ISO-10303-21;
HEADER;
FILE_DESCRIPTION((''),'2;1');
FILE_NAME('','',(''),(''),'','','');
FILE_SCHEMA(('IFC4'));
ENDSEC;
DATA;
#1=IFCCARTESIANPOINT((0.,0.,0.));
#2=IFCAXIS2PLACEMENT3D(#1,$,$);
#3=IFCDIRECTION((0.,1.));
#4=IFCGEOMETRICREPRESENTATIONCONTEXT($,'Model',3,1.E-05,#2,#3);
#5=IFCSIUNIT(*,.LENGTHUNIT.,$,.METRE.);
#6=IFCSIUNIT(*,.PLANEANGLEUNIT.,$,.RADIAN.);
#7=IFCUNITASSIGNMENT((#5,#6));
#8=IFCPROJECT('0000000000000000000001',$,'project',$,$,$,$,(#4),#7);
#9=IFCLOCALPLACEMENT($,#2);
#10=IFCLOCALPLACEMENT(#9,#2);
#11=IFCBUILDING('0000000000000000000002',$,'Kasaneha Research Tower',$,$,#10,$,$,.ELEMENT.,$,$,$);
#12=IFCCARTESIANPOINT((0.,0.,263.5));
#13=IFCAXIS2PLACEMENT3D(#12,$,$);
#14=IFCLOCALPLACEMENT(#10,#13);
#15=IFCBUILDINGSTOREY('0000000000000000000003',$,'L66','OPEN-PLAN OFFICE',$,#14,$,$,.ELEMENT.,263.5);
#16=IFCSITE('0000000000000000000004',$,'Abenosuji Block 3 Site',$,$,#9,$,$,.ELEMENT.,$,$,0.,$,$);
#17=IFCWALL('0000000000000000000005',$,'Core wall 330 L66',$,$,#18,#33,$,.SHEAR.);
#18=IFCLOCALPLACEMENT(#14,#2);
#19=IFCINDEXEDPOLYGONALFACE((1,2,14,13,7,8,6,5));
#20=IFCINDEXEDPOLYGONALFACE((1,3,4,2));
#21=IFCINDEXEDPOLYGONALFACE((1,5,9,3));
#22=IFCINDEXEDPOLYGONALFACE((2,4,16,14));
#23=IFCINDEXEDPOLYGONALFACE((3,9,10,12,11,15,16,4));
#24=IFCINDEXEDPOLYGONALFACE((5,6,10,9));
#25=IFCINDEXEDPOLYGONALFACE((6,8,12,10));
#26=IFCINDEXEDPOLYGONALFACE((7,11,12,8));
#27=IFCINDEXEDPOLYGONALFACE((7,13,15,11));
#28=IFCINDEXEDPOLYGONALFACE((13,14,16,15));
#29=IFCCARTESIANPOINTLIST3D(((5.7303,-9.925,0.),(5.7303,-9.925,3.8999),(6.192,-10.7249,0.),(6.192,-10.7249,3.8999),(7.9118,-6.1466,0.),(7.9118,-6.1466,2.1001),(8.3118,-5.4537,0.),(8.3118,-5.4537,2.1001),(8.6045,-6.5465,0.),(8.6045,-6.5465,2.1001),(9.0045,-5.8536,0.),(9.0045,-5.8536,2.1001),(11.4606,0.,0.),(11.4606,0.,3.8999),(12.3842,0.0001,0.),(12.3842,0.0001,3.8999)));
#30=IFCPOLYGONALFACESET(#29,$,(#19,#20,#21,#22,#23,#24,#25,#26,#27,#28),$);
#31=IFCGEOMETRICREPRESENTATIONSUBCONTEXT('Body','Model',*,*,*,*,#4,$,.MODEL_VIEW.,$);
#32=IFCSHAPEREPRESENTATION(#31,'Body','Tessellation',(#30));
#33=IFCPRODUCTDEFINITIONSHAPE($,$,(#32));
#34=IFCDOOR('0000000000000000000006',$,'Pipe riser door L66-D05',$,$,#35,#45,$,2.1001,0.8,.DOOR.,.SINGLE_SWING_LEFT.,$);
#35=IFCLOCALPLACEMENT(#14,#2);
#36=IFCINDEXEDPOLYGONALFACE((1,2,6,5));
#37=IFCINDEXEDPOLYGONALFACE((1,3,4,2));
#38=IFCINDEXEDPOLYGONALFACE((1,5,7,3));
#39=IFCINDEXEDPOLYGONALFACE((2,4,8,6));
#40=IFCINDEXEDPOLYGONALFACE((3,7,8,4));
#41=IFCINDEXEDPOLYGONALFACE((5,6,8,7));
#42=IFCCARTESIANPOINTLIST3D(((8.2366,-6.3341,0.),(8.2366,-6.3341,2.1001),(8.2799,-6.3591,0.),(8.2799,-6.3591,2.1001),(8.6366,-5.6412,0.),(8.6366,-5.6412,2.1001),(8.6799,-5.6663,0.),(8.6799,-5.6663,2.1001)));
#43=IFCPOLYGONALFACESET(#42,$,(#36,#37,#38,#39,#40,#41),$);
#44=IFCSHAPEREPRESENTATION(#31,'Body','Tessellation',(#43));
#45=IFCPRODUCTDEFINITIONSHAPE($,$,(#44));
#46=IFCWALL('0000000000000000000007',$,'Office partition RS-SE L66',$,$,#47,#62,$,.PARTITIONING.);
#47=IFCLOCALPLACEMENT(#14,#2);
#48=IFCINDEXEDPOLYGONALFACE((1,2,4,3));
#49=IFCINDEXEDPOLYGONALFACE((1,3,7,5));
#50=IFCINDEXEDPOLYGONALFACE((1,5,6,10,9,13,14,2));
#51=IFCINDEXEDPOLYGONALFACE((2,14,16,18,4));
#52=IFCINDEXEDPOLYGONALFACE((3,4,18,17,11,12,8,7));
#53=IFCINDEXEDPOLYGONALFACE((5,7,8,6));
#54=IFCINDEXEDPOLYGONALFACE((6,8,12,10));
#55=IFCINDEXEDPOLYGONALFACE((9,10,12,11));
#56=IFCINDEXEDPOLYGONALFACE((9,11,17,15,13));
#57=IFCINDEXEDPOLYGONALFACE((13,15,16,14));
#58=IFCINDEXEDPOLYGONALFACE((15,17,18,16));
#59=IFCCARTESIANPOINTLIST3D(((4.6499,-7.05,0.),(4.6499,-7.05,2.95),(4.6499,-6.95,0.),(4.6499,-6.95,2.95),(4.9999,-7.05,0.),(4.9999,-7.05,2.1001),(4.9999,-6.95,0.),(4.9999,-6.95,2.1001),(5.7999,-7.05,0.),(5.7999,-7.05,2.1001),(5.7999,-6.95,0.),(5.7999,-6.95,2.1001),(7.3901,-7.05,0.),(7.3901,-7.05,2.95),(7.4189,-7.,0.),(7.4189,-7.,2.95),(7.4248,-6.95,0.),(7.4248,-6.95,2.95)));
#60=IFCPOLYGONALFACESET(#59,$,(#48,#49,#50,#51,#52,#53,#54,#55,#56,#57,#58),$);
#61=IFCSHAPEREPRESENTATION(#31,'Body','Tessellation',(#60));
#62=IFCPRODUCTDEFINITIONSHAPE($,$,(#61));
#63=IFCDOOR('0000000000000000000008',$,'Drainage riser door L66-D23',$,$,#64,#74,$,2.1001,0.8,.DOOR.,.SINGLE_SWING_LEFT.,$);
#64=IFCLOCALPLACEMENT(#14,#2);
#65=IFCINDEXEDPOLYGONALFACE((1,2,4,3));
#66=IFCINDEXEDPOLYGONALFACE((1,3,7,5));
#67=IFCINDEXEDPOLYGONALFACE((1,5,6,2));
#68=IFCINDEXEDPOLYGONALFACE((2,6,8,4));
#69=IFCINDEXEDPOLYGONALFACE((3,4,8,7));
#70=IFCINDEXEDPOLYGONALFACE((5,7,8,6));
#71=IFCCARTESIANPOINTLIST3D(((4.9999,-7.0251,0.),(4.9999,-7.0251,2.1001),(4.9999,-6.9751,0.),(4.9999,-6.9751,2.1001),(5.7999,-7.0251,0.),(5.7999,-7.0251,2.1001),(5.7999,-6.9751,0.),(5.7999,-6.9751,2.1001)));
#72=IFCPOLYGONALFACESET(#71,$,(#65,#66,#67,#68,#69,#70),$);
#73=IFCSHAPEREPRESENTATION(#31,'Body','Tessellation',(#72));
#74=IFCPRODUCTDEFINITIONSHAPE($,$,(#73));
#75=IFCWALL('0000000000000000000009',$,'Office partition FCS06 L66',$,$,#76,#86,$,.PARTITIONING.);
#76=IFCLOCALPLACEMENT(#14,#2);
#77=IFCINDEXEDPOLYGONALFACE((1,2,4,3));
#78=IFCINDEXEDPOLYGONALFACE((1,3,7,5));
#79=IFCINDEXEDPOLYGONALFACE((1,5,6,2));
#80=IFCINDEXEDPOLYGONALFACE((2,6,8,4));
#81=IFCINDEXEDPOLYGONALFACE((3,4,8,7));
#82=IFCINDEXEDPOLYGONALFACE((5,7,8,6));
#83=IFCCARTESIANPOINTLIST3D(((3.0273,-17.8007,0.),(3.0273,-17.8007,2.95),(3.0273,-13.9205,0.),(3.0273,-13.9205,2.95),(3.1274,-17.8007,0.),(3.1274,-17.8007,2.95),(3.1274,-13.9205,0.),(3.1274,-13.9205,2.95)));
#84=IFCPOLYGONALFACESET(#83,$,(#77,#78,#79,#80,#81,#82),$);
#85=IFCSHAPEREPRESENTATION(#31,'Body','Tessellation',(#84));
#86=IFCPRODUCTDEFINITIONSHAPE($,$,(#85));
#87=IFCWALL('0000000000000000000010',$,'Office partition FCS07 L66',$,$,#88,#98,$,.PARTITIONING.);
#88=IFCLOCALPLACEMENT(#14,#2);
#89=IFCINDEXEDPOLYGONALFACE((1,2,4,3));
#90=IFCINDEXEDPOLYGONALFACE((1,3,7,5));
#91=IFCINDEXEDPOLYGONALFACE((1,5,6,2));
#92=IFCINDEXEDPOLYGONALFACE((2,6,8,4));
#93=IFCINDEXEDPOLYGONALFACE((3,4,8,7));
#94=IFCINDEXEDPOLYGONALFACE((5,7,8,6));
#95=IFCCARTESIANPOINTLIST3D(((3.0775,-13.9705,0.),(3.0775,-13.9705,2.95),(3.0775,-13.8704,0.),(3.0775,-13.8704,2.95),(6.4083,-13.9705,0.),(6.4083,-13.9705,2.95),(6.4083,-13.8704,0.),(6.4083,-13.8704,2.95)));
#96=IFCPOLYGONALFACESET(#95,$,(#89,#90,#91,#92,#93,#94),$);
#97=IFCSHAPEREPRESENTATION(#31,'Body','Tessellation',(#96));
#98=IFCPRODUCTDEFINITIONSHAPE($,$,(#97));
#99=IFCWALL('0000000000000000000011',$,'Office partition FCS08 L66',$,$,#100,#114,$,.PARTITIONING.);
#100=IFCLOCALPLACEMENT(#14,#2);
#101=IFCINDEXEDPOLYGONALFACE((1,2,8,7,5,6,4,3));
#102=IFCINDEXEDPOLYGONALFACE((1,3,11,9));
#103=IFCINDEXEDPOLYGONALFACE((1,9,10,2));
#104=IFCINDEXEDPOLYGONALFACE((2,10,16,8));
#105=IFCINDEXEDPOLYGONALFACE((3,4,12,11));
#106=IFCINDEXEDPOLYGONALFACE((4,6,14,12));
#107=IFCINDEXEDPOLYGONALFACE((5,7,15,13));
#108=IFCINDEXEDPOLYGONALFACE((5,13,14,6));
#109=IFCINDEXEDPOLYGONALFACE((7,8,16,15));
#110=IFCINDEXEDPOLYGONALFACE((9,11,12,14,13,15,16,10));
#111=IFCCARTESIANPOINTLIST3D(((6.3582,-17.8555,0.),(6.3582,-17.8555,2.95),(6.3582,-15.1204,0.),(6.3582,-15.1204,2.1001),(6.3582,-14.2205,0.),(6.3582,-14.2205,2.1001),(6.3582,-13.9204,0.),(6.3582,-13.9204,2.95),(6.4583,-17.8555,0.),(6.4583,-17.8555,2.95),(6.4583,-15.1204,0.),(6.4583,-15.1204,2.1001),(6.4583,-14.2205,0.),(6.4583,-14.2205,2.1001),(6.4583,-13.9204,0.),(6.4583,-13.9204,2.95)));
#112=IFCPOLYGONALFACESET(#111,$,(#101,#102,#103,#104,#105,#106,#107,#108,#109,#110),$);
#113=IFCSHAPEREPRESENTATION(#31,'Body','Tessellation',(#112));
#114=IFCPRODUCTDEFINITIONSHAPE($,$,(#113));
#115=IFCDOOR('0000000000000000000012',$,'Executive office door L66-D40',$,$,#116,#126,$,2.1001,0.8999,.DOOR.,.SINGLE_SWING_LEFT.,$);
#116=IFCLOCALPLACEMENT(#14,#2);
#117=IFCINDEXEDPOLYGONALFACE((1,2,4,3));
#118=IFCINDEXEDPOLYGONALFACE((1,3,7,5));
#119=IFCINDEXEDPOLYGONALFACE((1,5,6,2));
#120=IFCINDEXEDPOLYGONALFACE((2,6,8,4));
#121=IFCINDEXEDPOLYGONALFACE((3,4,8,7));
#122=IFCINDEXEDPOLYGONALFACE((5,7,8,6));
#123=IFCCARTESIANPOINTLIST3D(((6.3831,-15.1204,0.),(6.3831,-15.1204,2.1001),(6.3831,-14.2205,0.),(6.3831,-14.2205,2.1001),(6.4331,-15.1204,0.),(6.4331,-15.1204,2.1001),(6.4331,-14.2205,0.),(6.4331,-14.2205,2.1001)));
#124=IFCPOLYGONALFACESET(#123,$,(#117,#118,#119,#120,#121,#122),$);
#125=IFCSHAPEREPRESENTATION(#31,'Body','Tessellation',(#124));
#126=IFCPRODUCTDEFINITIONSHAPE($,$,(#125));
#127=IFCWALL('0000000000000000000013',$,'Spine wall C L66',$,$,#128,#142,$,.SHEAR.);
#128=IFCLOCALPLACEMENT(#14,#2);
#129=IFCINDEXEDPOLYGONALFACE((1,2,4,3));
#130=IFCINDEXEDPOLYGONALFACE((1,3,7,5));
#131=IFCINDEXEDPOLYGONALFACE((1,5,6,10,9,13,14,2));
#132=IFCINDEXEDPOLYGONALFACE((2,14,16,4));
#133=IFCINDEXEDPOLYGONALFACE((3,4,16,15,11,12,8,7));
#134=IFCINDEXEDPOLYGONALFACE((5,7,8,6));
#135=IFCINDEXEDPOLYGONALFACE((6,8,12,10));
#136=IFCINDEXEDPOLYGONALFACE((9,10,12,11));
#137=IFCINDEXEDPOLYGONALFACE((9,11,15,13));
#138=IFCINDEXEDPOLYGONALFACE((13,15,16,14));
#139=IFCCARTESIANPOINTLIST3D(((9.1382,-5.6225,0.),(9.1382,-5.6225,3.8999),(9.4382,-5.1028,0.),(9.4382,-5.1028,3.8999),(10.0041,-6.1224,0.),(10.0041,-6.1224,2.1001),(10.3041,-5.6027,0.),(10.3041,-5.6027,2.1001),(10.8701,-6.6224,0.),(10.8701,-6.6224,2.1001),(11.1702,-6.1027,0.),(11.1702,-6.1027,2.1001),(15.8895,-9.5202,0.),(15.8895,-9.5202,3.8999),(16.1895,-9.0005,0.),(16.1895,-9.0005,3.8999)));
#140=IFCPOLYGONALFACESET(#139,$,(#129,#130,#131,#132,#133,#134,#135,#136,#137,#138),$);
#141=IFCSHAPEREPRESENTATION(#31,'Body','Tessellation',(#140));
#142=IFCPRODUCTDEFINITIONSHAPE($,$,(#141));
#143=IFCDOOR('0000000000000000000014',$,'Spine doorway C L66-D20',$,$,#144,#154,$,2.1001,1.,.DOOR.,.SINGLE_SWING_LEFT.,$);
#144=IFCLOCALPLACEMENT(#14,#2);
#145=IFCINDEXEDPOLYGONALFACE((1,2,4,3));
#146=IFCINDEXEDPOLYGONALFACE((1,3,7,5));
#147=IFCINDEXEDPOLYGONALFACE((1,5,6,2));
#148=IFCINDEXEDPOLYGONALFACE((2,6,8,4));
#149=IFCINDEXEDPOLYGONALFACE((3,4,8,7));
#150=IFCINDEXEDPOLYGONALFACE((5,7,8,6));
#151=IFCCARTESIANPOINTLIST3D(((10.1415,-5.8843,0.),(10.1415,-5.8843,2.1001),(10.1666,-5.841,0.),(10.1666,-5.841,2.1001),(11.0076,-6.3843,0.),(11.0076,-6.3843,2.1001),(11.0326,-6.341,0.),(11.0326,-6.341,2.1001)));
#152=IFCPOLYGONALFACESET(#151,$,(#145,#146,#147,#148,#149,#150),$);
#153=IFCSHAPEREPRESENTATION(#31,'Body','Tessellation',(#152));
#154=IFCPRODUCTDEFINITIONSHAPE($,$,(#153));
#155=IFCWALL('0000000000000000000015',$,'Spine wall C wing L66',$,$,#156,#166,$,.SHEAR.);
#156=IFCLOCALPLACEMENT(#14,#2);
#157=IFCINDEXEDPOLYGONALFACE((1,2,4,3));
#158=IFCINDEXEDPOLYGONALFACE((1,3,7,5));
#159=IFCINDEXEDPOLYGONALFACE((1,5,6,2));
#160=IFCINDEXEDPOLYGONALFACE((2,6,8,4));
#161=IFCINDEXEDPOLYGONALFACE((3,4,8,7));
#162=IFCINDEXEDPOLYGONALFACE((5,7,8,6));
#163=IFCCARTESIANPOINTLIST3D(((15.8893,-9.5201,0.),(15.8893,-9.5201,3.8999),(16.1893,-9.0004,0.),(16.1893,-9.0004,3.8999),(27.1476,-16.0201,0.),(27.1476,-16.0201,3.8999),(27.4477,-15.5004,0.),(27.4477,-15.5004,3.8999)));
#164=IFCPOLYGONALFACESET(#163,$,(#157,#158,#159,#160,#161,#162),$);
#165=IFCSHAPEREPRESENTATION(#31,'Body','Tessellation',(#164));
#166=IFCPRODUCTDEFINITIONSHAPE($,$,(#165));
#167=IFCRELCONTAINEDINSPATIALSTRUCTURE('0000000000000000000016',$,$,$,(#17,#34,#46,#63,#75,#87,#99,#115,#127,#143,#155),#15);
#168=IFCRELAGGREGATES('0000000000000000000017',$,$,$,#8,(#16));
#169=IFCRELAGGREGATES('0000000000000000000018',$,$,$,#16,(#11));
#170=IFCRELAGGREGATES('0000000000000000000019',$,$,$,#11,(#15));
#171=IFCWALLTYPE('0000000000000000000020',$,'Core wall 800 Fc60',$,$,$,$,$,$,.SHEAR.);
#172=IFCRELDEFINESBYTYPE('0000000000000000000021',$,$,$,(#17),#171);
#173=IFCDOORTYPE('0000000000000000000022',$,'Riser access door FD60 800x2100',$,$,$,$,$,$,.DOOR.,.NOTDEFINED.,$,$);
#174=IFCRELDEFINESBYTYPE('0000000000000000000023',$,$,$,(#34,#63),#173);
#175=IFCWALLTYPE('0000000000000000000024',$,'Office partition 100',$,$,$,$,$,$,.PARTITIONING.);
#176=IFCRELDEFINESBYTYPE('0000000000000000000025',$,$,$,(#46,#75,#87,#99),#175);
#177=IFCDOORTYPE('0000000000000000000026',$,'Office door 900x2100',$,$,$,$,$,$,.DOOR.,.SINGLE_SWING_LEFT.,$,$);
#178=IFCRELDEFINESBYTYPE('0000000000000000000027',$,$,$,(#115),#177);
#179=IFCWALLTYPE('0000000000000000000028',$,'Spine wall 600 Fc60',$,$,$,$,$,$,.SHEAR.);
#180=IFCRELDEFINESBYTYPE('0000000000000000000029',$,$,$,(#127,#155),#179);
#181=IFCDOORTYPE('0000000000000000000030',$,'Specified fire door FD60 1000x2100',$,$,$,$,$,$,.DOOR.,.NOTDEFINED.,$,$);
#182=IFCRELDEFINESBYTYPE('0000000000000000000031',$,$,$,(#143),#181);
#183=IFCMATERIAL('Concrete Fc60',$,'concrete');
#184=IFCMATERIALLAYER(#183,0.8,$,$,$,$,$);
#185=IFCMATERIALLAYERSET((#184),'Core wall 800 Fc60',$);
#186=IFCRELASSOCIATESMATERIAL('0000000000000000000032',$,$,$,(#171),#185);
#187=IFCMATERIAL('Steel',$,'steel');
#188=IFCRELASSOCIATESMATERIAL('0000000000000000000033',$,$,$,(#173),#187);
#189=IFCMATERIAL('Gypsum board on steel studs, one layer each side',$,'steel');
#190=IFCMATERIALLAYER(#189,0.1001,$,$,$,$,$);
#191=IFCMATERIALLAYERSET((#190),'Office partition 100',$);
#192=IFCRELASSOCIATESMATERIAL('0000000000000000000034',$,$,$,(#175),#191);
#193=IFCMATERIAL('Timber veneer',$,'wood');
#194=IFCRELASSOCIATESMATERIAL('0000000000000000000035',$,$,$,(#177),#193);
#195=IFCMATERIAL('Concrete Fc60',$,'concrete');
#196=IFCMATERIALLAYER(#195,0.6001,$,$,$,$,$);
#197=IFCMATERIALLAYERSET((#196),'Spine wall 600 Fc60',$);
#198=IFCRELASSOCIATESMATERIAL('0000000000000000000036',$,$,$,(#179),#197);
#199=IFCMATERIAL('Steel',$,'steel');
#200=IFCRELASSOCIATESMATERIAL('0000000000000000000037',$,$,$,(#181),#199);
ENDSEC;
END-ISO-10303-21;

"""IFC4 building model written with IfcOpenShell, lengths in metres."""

from ifc_helpers import new_model, si_unit, direction, frame, frame_2d, origin, place, context, subcontext, project, spatial, polyline, rectangle, outline, extrude, material, layer, layer_set, type_object, element, fill, save


model = new_model("IFC4")

# Units and contexts
model_context = context("Model", 3, precision=1e-05, world=origin(), true_north=direction((0.0, 1.0)))
body_context = subcontext(model_context, "Body", "Model", "MODEL_VIEW")
ifc_project = project(units=[si_unit("LENGTHUNIT", "METRE"), si_unit("PLANEANGLEUNIT", "RADIAN")], contexts=[model_context])

# Site, building, storey
site_placement = place(None, origin())
site = spatial("IfcSite", under=ifc_project, at=site_placement, Name="Abenosuji Block 3 Site", CompositionType="ELEMENT", RefElevation=0.0)
building_placement = place(site_placement, origin())
building = spatial("IfcBuilding", under=site, at=building_placement, Name="Kasaneha Research Tower", CompositionType="ELEMENT")
storey_placement = place(building_placement, frame((0.0, 0.0, 263.5)))
storey = spatial("IfcBuildingStorey", under=building, at=storey_placement, Name="L66", Description="OPEN-PLAN OFFICE", CompositionType="ELEMENT", Elevation=263.5)

# Walls, openings, doors
ifc_material_1 = material(Name="Concrete Fc60", Category="concrete")
ifc_layer_1 = layer(ifc_material_1, 0.8)
ifc_layer_set_1 = layer_set([ifc_layer_1], Name="Core wall 800 Fc60")
wall_type_1 = type_object("IfcWallType", Name="Core wall 800 Fc60", PredefinedType="SHEAR", material=ifc_layer_set_1)
wall_1_placement = place(storey_placement, frame((5.9612, -10.325, 0.0), z_axis=(0.0, 0.0, 1.0), x_axis=(0.500004, 0.866023, 0.0)))
wall_1 = element("IfcWall", 1, at=wall_1_placement, inside=storey, type_object=wall_type_1, Name="Core wall 330 L66", PredefinedType="SHEAR", context=body_context, shape_type="SweptSolid", body=[
    extrude(outline(polyline([(-0.231, -0.3999), (4.594, -0.3999), (5.394, -0.3999), (12.1533, -0.3999), (11.6914, 0.3999), (5.394, 0.3999), (4.594, 0.3999), (0.231, 0.3999), (-0.231, -0.3999)])), origin(), (0.0, 0.0, 1.0), 3.8999),
])
opening_1_placement = place(wall_1_placement, frame((4.594, 0.0, 0.0)))
opening_1 = element("IfcOpeningElement", 2, at=opening_1_placement, cuts=wall_1, PredefinedType="OPENING", context=body_context, shape_type="SweptSolid", body=[
    extrude(rectangle(XDim=0.8, YDim=2.1001, at=frame_2d((0.3999, 1.05))), frame((0.0, 0.4102, 0.0), z_axis=(0.0, -1.0, 0.0), x_axis=(1.0, 0.0, 0.0)), (0.0, 0.0, 1.0), 0.8201),
])
ifc_material_2 = material(Name="Steel", Category="steel")
door_type_1 = type_object("IfcDoorType", Name="Riser access door FD60 800x2100", OperationType="NOTDEFINED", PredefinedType="DOOR", material=ifc_material_2)
door_1_placement = place(opening_1_placement, origin())
door_1 = element("IfcDoor", 3, at=door_1_placement, inside=storey, type_object=door_type_1, Name="Pipe riser door L66-D05", OperationType="SINGLE_SWING_LEFT", OverallHeight=2.1001, OverallWidth=0.8, PredefinedType="DOOR", context=body_context, shape_type="SweptSolid", body=[
    extrude(rectangle(XDim=0.8, YDim=2.1001, at=frame_2d((0.3999, 1.05))), frame((0.0, 0.0249, 0.0), z_axis=(0.0, -1.0, 0.0), x_axis=(1.0, 0.0, 0.0)), (0.0, 0.0, 1.0), 0.05),
])
fill(opening_1, door_1)
ifc_material_3 = material(Name="Gypsum board on steel studs, one layer each side", Category="steel")
ifc_layer_2 = layer(ifc_material_3, 0.1001)
ifc_layer_set_2 = layer_set([ifc_layer_2], Name="Office partition 100")
wall_type_2 = type_object("IfcWallType", Name="Office partition 100", PredefinedType="PARTITIONING", material=ifc_layer_set_2)
wall_2_placement = place(storey_placement, frame((4.6499, -7.0, 0.0), z_axis=(0.0, 0.0, 1.0), x_axis=(1.0, 0.0, 0.0)))
wall_2 = element("IfcWall", 4, at=wall_2_placement, inside=storey, type_object=wall_type_2, Name="Office partition RS-SE L66", PredefinedType="PARTITIONING", context=body_context, shape_type="SweptSolid", body=[
    extrude(outline(polyline([(0.0, -0.05), (0.3501, -0.05), (1.1501, -0.05), (2.7402, -0.05), (2.769, 0.0), (2.7749, 0.05), (1.1501, 0.05), (0.3501, 0.05), (0.0, 0.05), (0.0, -0.05)])), origin(), (0.0, 0.0, 1.0), 2.95),
])
opening_2_placement = place(wall_2_placement, frame((0.3501, 0.0, 0.0)))
opening_2 = element("IfcOpeningElement", 5, at=opening_2_placement, cuts=wall_2, PredefinedType="OPENING", context=body_context, shape_type="SweptSolid", body=[
    extrude(rectangle(XDim=0.8, YDim=2.1001, at=frame_2d((0.3999, 1.05))), frame((0.0, 0.0601, 0.0), z_axis=(0.0, -1.0, 0.0), x_axis=(1.0, 0.0, 0.0)), (0.0, 0.0, 1.0), 0.1201),
])
door_2_placement = place(opening_2_placement, origin())
door_2 = element("IfcDoor", 6, at=door_2_placement, inside=storey, type_object=door_type_1, Name="Drainage riser door L66-D23", OperationType="SINGLE_SWING_LEFT", OverallHeight=2.1001, OverallWidth=0.8, PredefinedType="DOOR", context=body_context, shape_type="SweptSolid", body=[
    extrude(rectangle(XDim=0.8, YDim=2.1001, at=frame_2d((0.3999, 1.05))), frame((0.0, 0.0249, 0.0), z_axis=(0.0, -1.0, 0.0), x_axis=(1.0, 0.0, 0.0)), (0.0, 0.0, 1.0), 0.05),
])
fill(opening_2, door_2)

# Walls
wall_3_placement = place(storey_placement, frame((3.0774, -17.8005, 0.0), z_axis=(0.0, 0.0, 1.0), x_axis=(0.0, 1.0, 0.0)))
element("IfcWall", 7, at=wall_3_placement, inside=storey, type_object=wall_type_2, Name="Office partition FCS06 L66", PredefinedType="PARTITIONING", context=body_context, shape_type="SweptSolid", body=[
    extrude(rectangle(XDim=3.8801, YDim=0.1001, at=frame_2d((1.9399, 0.0))), origin(), (0.0, 0.0, 1.0), 2.95),
])
wall_4_placement = place(storey_placement, frame((3.0774, -13.9204, 0.0), z_axis=(0.0, 0.0, 1.0), x_axis=(1.0, 0.0, 0.0)))
element("IfcWall", 8, at=wall_4_placement, inside=storey, type_object=wall_type_2, Name="Office partition FCS07 L66", PredefinedType="PARTITIONING", context=body_context, shape_type="SweptSolid", body=[
    extrude(rectangle(XDim=3.3308, YDim=0.1001, at=frame_2d((1.6655, 0.0))), origin(), (0.0, 0.0, 1.0), 2.95),
])

# Walls, openings, doors
wall_5_placement = place(storey_placement, frame((6.4082, -13.9204, 0.0), z_axis=(0.0, 0.0, 1.0), x_axis=(0.0, -1.0, 0.0)))
wall_5 = element("IfcWall", 9, at=wall_5_placement, inside=storey, type_object=wall_type_2, Name="Office partition FCS08 L66", PredefinedType="PARTITIONING", context=body_context, shape_type="SweptSolid", body=[
    extrude(rectangle(XDim=3.9351, YDim=0.1001, at=frame_2d((1.9675, 0.0))), origin(), (0.0, 0.0, 1.0), 2.95),
])
opening_3_placement = place(wall_5_placement, frame((0.3, 0.0, 0.0)))
opening_3 = element("IfcOpeningElement", 10, at=opening_3_placement, cuts=wall_5, PredefinedType="OPENING", context=body_context, shape_type="SweptSolid", body=[
    extrude(rectangle(XDim=0.8999, YDim=2.1001, at=frame_2d((0.45, 1.05))), frame((0.0, 0.0601, 0.0), z_axis=(0.0, -1.0, 0.0), x_axis=(1.0, 0.0, 0.0)), (0.0, 0.0, 1.0), 0.1201),
])
ifc_material_4 = material(Name="Timber veneer", Category="wood")
door_type_2 = type_object("IfcDoorType", Name="Office door 900x2100", OperationType="SINGLE_SWING_LEFT", PredefinedType="DOOR", material=ifc_material_4)
door_3_placement = place(opening_3_placement, origin())
door_3 = element("IfcDoor", 11, at=door_3_placement, inside=storey, type_object=door_type_2, Name="Executive office door L66-D40", OperationType="SINGLE_SWING_LEFT", OverallHeight=2.1001, OverallWidth=0.8999, PredefinedType="DOOR", context=body_context, shape_type="SweptSolid", body=[
    extrude(rectangle(XDim=0.8999, YDim=2.1001, at=frame_2d((0.45, 1.05))), frame((0.0, 0.0249, 0.0), z_axis=(0.0, -1.0, 0.0), x_axis=(1.0, 0.0, 0.0)), (0.0, 0.0, 1.0), 0.05),
])
fill(opening_3, door_3)
ifc_material_5 = material(Name="Concrete Fc60", Category="concrete")
ifc_layer_3 = layer(ifc_material_5, 0.6001)
ifc_layer_set_3 = layer_set([ifc_layer_3], Name="Spine wall 600 Fc60")
wall_type_3 = type_object("IfcWallType", Name="Spine wall 600 Fc60", PredefinedType="SHEAR", material=ifc_layer_set_3)
wall_6_placement = place(storey_placement, frame((9.2881, -5.3625, 0.0), z_axis=(0.0, 0.0, 1.0), x_axis=(0.866032, -0.499989, 0.0)))
wall_6 = element("IfcWall", 12, at=wall_6_placement, inside=storey, type_object=wall_type_3, Name="Spine wall C L66", PredefinedType="SHEAR", context=body_context, shape_type="SweptSolid", body=[
    extrude(rectangle(XDim=7.7957, YDim=0.6001, at=frame_2d((3.8979, 0.0))), origin(), (0.0, 0.0, 1.0), 3.8999),
])
opening_4_placement = place(wall_6_placement, frame((1.0, 0.0, 0.0)))
opening_4 = element("IfcOpeningElement", 13, at=opening_4_placement, cuts=wall_6, PredefinedType="OPENING", context=body_context, shape_type="SweptSolid", body=[
    extrude(rectangle(XDim=1.0, YDim=2.1001, at=frame_2d((0.5, 1.05))), frame((0.0, 0.3101, 0.0), z_axis=(0.0, -1.0, 0.0), x_axis=(1.0, 0.0, 0.0)), (0.0, 0.0, 1.0), 0.6201),
])
ifc_material_6 = material(Name="Steel", Category="steel")
door_type_3 = type_object("IfcDoorType", Name="Specified fire door FD60 1000x2100", OperationType="NOTDEFINED", PredefinedType="DOOR", material=ifc_material_6)
door_4_placement = place(opening_4_placement, origin())
door_4 = element("IfcDoor", 14, at=door_4_placement, inside=storey, type_object=door_type_3, Name="Spine doorway C L66-D20", OperationType="SINGLE_SWING_LEFT", OverallHeight=2.1001, OverallWidth=1.0, PredefinedType="DOOR", context=body_context, shape_type="SweptSolid", body=[
    extrude(rectangle(XDim=1.0, YDim=2.1001, at=frame_2d((0.5, 1.05))), frame((0.0, 0.0249, 0.0), z_axis=(0.0, -1.0, 0.0), x_axis=(1.0, 0.0, 0.0)), (0.0, 0.0, 1.0), 0.05),
])
fill(opening_4, door_4)

# Wall
wall_7_placement = place(storey_placement, frame((16.0393, -9.2603, 0.0), z_axis=(0.0, 0.0, 1.0), x_axis=(0.866025, -0.500001, 0.0)))
element("IfcWall", 15, at=wall_7_placement, inside=storey, type_object=wall_type_3, Name="Spine wall C wing L66", PredefinedType="SHEAR", context=body_context, shape_type="SweptSolid", body=[
    extrude(rectangle(XDim=13.0, YDim=0.6001, at=frame_2d((6.5, 0.0))), origin(), (0.0, 0.0, 1.0), 3.8999),
])

save(model, "model.ifc")
